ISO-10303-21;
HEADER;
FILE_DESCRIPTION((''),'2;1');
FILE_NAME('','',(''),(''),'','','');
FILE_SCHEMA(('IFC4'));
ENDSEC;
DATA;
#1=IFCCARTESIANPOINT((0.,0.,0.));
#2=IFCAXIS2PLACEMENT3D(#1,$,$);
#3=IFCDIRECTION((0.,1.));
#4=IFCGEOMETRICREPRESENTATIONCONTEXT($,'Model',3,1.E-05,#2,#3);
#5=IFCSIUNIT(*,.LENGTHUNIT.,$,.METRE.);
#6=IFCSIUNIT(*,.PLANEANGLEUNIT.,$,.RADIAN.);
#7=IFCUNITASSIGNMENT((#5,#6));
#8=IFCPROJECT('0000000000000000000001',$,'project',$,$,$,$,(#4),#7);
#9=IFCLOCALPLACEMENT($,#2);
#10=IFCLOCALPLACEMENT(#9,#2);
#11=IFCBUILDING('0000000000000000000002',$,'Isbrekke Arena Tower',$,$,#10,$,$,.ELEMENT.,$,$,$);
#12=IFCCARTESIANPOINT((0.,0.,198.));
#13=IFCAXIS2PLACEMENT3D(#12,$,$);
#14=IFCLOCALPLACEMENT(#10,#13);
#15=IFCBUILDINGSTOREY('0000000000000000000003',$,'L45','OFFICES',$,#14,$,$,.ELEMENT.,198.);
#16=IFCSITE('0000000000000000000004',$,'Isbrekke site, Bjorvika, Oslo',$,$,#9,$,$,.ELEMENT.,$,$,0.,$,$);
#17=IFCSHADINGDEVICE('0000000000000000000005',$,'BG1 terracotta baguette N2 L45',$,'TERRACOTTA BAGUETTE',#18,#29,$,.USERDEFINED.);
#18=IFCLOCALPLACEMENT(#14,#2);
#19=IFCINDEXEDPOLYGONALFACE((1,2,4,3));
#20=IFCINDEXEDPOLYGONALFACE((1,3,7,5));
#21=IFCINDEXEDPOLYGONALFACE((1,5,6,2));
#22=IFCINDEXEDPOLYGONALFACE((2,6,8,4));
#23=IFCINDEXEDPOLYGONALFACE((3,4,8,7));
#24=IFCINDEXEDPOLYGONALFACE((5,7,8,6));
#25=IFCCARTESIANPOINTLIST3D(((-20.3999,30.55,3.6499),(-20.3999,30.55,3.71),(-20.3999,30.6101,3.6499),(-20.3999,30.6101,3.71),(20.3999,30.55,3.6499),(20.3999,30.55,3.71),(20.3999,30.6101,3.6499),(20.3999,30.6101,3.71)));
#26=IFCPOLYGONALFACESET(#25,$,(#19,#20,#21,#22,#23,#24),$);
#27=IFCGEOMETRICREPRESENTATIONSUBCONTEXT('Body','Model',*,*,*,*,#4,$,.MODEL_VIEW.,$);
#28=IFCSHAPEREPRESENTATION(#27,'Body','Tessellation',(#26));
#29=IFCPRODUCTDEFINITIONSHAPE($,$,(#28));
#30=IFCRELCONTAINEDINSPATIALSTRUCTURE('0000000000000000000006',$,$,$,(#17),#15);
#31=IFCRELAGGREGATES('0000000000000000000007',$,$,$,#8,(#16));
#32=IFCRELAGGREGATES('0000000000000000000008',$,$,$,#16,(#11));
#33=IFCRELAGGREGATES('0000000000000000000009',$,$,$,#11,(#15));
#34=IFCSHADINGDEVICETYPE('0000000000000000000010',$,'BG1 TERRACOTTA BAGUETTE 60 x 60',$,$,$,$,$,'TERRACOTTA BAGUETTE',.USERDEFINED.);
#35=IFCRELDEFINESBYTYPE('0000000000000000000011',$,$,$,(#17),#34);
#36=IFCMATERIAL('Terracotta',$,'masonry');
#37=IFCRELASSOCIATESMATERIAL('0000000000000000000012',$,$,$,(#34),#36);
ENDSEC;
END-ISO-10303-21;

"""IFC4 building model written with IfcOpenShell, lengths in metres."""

from ifc_helpers import new_model, si_unit, direction, frame, origin, origin_2d, place, context, subcontext, project, spatial, rectangle, extrude, material, material_profile, profile_set, type_object, element, save


model = new_model("IFC4")

# Units and contexts
model_context = context("Model", 3, precision=1e-05, world=origin(), true_north=direction((0.0, 1.0)))
body_context = subcontext(model_context, "Body", "Model", "MODEL_VIEW")
ifc_project = project(units=[si_unit("LENGTHUNIT", "METRE"), si_unit("PLANEANGLEUNIT", "RADIAN")], contexts=[model_context])

# Site, building, storey
site_placement = place(None, origin())
site = spatial("IfcSite", under=ifc_project, at=site_placement, Name="Isbrekke site, Bjorvika, Oslo", CompositionType="ELEMENT", RefElevation=0.0)
building_placement = place(site_placement, origin())
building = spatial("IfcBuilding", under=site, at=building_placement, Name="Isbrekke Arena Tower", CompositionType="ELEMENT")
storey_placement = place(building_placement, frame((0.0, 0.0, 198.0)))
storey = spatial("IfcBuildingStorey", under=building, at=storey_placement, Name="L45", Description="OFFICES", CompositionType="ELEMENT", Elevation=198.0)

# Shading device
ifc_material_1 = material(Name="Terracotta", Category="masonry")
ifc_material_profile_1 = material_profile(ifc_material_1, rectangle(XDim=0.0601, YDim=0.0601, at=origin_2d()), Name="BAGUETTE 60X60")
ifc_profile_set_1 = profile_set([ifc_material_profile_1], Name="Terracotta")
shading_device_type = type_object("IfcShadingDeviceType", Name="BG1 TERRACOTTA BAGUETTE 60 x 60", ElementType="TERRACOTTA BAGUETTE", PredefinedType="USERDEFINED", material=ifc_profile_set_1)
for number, where, z_axis, x_axis, name in (
    (1, (20.3999, 30.5801, 3.6799), (-1.0, 0.0, 0.0), (0.0, -1.0, 0.0), "BG1 terracotta baguette N2 L45"),
):
    element("IfcShadingDevice", number, at=place(storey_placement, frame(where, z_axis=z_axis, x_axis=x_axis)), inside=storey, type_object=shading_device_type, Name=name, ObjectType="TERRACOTTA BAGUETTE", PredefinedType="USERDEFINED", context=body_context, shape_type="SweptSolid", body=[
        extrude(rectangle(XDim=0.0601, YDim=0.0601, at=origin_2d()), origin(), (0.0, 0.0, 1.0), 40.7998),
    ])

save(model, "model.ifc")
